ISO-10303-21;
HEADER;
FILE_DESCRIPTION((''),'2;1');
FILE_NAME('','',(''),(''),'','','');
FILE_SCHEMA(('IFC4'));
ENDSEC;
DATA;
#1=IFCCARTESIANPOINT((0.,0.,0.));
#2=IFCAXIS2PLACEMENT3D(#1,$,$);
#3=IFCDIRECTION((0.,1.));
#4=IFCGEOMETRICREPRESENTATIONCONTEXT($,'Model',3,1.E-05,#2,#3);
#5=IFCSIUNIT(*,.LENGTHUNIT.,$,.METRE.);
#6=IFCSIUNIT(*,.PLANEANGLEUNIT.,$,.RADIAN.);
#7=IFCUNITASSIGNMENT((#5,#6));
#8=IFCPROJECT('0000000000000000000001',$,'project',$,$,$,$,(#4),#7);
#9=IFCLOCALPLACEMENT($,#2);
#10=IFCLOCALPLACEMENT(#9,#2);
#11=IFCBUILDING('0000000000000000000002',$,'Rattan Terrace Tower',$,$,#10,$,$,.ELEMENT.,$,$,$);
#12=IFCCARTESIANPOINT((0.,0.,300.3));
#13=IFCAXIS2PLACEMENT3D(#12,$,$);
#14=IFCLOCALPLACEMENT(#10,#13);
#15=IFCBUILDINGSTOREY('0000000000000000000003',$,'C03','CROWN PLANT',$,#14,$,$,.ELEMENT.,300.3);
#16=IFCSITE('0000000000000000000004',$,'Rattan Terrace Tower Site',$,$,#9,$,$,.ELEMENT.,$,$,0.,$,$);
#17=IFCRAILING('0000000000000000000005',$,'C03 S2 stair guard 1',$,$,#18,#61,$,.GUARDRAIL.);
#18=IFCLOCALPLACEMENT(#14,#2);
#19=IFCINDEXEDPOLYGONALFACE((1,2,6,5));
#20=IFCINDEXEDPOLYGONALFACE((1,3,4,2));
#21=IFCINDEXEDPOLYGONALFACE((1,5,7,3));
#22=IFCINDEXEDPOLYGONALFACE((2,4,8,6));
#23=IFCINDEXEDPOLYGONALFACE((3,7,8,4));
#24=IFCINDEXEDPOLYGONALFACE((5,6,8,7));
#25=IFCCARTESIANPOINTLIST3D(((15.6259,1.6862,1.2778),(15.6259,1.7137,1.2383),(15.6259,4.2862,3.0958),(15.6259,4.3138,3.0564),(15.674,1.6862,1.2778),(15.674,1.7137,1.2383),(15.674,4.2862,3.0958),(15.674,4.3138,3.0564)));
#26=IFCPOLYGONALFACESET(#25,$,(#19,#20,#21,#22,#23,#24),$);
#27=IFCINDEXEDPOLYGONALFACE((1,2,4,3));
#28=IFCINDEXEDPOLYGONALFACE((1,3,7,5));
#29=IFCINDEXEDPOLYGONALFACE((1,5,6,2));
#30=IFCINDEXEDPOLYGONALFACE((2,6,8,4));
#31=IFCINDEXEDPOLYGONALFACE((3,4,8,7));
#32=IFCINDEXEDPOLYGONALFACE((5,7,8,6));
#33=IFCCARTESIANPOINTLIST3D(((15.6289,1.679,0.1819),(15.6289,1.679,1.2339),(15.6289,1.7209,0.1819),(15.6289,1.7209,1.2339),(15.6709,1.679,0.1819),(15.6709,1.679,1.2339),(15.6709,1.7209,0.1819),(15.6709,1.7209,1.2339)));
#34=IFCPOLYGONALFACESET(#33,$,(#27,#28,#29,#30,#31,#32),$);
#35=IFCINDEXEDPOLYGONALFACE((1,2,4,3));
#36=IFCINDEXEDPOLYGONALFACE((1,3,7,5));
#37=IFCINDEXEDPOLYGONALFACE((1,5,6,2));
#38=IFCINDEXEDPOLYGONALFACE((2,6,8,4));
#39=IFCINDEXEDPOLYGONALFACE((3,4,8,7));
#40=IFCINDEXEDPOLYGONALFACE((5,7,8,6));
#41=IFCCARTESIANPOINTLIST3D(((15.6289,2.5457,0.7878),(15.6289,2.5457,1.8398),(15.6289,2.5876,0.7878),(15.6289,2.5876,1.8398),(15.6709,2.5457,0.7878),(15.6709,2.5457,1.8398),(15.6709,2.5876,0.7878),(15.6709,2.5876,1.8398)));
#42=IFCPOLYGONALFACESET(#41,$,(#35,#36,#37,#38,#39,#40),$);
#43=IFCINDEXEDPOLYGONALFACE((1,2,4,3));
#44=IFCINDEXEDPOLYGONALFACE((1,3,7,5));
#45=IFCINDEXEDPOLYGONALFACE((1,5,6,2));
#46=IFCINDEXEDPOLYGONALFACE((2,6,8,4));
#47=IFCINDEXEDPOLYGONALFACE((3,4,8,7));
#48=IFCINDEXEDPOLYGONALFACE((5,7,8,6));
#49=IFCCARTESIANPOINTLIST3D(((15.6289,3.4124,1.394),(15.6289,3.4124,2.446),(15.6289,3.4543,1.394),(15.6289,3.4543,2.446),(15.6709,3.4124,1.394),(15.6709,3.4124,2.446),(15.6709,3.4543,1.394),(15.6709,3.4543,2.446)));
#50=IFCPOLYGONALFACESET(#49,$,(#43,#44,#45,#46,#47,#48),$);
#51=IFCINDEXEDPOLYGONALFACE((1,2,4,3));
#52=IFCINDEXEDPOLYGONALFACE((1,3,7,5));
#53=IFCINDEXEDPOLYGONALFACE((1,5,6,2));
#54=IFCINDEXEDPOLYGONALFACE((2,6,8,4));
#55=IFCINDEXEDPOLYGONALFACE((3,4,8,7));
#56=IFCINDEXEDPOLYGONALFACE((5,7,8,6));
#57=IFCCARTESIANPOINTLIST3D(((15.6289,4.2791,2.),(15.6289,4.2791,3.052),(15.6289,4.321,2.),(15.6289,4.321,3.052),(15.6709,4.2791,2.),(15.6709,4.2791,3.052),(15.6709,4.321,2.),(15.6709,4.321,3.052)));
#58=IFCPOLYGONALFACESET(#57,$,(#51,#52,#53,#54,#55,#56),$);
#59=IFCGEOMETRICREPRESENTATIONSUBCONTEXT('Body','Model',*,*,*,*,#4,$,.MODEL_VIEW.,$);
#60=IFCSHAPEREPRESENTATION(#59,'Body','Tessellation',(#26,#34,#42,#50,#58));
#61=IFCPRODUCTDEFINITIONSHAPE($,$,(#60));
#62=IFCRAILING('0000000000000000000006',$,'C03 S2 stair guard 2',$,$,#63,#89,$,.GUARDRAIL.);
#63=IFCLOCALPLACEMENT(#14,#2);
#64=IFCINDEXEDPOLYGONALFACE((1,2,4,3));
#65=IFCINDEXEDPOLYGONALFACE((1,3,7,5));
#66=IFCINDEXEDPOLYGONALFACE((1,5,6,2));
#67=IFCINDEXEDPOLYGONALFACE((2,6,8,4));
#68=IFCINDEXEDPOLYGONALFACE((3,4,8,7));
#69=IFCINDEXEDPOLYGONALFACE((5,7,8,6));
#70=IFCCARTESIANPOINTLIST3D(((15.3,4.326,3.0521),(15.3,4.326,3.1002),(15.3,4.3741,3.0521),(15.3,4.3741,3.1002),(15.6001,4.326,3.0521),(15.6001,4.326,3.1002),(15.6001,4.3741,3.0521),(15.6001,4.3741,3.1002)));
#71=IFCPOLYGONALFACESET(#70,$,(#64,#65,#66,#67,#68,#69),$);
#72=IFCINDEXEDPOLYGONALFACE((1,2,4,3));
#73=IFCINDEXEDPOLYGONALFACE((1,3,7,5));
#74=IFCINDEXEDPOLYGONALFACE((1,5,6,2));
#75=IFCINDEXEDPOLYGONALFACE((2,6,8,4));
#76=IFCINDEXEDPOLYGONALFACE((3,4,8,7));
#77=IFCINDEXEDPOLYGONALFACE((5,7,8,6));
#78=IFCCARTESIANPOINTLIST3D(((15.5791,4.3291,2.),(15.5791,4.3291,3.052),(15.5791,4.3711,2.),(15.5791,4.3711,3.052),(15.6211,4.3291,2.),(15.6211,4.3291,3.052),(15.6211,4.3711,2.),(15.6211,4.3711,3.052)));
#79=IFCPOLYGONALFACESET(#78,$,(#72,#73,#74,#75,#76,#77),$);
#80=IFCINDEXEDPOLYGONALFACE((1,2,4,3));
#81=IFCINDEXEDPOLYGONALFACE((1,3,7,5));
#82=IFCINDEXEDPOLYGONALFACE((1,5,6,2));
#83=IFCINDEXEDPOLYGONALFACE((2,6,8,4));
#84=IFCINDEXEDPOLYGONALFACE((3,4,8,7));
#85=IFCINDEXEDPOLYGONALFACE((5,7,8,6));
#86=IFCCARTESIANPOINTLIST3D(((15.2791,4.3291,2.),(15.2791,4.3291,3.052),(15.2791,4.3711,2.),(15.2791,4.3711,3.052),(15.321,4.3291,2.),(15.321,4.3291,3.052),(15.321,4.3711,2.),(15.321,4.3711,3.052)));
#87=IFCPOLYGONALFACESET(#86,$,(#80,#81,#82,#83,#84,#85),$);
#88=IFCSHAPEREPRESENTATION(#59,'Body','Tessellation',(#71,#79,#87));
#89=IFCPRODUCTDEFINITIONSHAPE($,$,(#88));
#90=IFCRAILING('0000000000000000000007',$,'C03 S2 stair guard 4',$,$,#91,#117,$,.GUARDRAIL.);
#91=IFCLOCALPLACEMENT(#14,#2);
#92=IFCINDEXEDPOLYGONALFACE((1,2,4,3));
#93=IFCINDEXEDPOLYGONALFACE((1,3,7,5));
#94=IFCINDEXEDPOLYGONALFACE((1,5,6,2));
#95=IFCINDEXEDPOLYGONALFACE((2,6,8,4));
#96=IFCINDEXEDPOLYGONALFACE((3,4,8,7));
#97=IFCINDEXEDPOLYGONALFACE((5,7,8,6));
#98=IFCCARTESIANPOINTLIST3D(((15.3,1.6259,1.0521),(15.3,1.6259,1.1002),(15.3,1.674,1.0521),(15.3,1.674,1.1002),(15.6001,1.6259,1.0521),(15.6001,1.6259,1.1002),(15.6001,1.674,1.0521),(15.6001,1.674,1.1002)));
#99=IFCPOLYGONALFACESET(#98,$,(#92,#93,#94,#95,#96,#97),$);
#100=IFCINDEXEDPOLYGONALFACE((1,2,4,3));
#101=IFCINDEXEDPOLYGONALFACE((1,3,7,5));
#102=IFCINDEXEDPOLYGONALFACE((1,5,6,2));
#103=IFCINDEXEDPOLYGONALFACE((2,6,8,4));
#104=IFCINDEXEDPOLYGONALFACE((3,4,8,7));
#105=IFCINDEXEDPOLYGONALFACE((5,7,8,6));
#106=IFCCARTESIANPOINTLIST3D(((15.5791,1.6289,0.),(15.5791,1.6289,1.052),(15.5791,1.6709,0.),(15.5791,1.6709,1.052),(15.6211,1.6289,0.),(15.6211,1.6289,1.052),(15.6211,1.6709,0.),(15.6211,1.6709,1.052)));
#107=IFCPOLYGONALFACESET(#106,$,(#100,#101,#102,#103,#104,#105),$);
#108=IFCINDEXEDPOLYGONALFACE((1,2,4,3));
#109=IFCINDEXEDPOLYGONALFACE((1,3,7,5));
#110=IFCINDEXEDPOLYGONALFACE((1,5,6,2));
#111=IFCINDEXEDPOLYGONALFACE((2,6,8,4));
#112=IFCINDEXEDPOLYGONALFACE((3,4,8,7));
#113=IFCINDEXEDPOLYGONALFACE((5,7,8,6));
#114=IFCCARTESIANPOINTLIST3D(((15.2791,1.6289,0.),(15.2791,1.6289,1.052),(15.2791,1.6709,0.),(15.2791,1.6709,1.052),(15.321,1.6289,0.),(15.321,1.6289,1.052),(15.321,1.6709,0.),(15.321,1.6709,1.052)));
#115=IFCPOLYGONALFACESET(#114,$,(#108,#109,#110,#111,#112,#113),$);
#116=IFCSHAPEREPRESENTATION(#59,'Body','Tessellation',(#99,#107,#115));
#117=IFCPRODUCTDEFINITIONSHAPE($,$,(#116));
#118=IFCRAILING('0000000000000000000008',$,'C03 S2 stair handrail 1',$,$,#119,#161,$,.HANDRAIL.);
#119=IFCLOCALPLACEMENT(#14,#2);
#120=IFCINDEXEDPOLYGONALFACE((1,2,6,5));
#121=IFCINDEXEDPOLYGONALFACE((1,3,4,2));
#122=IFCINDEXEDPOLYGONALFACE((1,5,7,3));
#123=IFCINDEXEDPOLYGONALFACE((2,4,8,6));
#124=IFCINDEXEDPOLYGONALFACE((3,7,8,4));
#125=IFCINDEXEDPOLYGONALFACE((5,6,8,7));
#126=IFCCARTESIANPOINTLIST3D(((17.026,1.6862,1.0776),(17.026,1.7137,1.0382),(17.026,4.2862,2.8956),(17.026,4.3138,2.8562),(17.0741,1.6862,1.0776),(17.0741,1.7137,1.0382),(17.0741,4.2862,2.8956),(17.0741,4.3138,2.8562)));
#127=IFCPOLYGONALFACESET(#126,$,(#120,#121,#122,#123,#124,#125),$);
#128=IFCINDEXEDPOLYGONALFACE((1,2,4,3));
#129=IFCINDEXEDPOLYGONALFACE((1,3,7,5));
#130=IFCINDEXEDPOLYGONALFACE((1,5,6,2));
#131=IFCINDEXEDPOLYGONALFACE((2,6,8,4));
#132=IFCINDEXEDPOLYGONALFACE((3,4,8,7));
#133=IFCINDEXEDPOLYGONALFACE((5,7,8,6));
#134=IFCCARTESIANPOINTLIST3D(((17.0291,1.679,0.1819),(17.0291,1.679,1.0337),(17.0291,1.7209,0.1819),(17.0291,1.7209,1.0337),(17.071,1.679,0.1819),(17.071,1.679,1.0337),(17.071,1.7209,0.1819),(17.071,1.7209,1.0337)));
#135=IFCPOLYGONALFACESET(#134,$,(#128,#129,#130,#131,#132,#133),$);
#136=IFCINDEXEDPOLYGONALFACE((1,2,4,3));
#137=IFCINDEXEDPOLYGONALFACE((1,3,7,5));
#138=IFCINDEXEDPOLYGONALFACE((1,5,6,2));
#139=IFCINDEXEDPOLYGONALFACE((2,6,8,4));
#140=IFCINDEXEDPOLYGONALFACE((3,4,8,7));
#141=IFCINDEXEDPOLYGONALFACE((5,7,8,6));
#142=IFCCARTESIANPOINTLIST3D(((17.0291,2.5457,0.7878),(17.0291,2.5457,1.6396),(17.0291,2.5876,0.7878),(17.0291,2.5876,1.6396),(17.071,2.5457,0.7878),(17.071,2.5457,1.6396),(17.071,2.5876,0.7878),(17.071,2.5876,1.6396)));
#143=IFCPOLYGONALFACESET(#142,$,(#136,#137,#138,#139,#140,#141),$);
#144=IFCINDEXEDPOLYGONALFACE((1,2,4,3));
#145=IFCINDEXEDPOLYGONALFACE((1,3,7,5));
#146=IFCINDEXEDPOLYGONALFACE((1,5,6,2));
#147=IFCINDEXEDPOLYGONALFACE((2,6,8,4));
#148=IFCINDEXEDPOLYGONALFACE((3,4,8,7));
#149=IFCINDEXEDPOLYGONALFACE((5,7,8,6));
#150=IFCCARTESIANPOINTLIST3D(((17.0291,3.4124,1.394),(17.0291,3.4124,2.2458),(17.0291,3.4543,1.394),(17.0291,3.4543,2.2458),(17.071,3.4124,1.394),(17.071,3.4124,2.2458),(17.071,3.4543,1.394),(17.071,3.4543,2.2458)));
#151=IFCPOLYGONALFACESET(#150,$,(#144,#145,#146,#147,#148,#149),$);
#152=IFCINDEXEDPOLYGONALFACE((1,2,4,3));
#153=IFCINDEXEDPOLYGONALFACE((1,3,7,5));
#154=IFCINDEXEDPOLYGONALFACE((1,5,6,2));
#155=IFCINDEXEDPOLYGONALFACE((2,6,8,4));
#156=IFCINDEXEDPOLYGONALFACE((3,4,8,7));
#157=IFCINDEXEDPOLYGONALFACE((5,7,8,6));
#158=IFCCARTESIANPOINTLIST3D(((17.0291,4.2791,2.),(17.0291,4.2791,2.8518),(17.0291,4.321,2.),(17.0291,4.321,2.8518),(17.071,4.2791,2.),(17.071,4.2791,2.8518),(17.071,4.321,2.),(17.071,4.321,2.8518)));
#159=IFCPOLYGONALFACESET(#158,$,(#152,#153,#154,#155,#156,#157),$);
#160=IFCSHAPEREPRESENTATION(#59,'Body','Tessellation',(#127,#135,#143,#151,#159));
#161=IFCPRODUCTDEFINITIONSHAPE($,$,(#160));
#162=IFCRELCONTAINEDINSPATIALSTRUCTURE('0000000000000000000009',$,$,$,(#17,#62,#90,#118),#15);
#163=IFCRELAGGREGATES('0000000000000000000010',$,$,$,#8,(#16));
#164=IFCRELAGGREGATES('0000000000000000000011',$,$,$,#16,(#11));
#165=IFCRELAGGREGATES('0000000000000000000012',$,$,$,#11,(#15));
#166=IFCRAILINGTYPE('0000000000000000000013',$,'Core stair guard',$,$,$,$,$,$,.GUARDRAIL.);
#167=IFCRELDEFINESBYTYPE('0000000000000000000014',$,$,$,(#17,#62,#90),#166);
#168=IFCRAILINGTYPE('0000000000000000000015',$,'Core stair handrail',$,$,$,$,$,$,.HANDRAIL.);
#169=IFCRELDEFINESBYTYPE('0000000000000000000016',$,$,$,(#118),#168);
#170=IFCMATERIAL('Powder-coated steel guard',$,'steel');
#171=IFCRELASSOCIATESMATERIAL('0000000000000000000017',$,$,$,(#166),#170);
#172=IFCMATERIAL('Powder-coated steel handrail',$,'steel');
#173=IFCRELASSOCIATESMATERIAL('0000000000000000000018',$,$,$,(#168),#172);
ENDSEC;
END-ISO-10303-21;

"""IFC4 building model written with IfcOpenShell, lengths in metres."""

from ifc_helpers import new_model, si_unit, direction, frame, origin, origin_2d, place, context, subcontext, project, spatial, rectangle, extrude, material, type_object, element, save


model = new_model("IFC4")

# Units and contexts
model_context = context("Model", 3, precision=1e-05, world=origin(), true_north=direction((0.0, 1.0)))
body_context = subcontext(model_context, "Body", "Model", "MODEL_VIEW")
ifc_project = project(units=[si_unit("LENGTHUNIT", "METRE"), si_unit("PLANEANGLEUNIT", "RADIAN")], contexts=[model_context])

# Site, building, storey
site_placement = place(None, origin())
site = spatial("IfcSite", under=ifc_project, at=site_placement, Name="Rattan Terrace Tower Site", CompositionType="ELEMENT", RefElevation=0.0)
building_placement = place(site_placement, origin())
building = spatial("IfcBuilding", under=site, at=building_placement, Name="Rattan Terrace Tower", CompositionType="ELEMENT")
storey_placement = place(building_placement, frame((0.0, 0.0, 300.3)))
storey = spatial("IfcBuildingStorey", under=building, at=storey_placement, Name="C03", Description="CROWN PLANT", CompositionType="ELEMENT", Elevation=300.3)

# Railings
ifc_material_1 = material(Name="Powder-coated steel guard", Category="steel")
railing_type_1 = type_object("IfcRailingType", Name="Core stair guard", PredefinedType="GUARDRAIL", material=ifc_material_1)
railing_1_placement = place(storey_placement, frame((15.6499, 1.7, 0.1819)))
element("IfcRailing", 1, at=railing_1_placement, inside=storey, type_object=railing_type_1, Name="C03 S2 stair guard 1", PredefinedType="GUARDRAIL", context=body_context, shape_type="SweptSolid", body=[
    extrude(rectangle(XDim=0.0481, YDim=0.0481, at=origin_2d()), frame((0.0, 0.0, 1.0762), z_axis=(0.0, 0.819521, 0.573049), x_axis=(-1.0, 0.0, 0.0)), (0.0, 0.0, 1.0), 3.1726),
    extrude(rectangle(XDim=0.042, YDim=0.042, at=origin_2d()), origin(), (0.0, 0.0, 1.0), 1.052),
    extrude(rectangle(XDim=0.042, YDim=0.042, at=origin_2d()), frame((0.0, 0.8667, 0.606)), (0.0, 0.0, 1.0), 1.052),
    extrude(rectangle(XDim=0.042, YDim=0.042, at=origin_2d()), frame((0.0, 1.7334, 1.2122)), (0.0, 0.0, 1.0), 1.052),
    extrude(rectangle(XDim=0.042, YDim=0.042, at=origin_2d()), frame((0.0, 2.6001, 1.8181)), (0.0, 0.0, 1.0), 1.052),
])
for number, where, name in (
    (2, (15.6001, 4.3501, 2.0), "C03 S2 stair guard 2"),
    (3, (15.6001, 1.6499, 0.0), "C03 S2 stair guard 4"),
):
    element("IfcRailing", number, at=place(storey_placement, frame(where)), inside=storey, type_object=railing_type_1, Name=name, PredefinedType="GUARDRAIL", context=body_context, shape_type="SweptSolid", body=[
        extrude(rectangle(XDim=0.0481, YDim=0.0481, at=origin_2d()), frame((0.0, 0.0, 1.0762), z_axis=(-1.0, 0.0, 0.0), x_axis=(0.0, -1.0, 0.0)), (0.0, 0.0, 1.0), 0.3),
        extrude(rectangle(XDim=0.042, YDim=0.042, at=origin_2d()), origin(), (0.0, 0.0, 1.0), 1.052),
        extrude(rectangle(XDim=0.042, YDim=0.042, at=origin_2d()), frame((-0.3, 0.0, 0.0)), (0.0, 0.0, 1.0), 1.052),
    ])
ifc_material_2 = material(Name="Powder-coated steel handrail", Category="steel")
railing_type_2 = type_object("IfcRailingType", Name="Core stair handrail", PredefinedType="HANDRAIL", material=ifc_material_2)
railing_2_placement = place(storey_placement, frame((17.05, 1.7, 0.1819)))
element("IfcRailing", 4, at=railing_2_placement, inside=storey, type_object=railing_type_2, Name="C03 S2 stair handrail 1", PredefinedType="HANDRAIL", context=body_context, shape_type="SweptSolid", body=[
    extrude(rectangle(XDim=0.0481, YDim=0.0481, at=origin_2d()), frame((0.0, 0.0, 0.876), z_axis=(0.0, 0.819521, 0.573049), x_axis=(-1.0, 0.0, 0.0)), (0.0, 0.0, 1.0), 3.1726),
    extrude(rectangle(XDim=0.042, YDim=0.042, at=origin_2d()), origin(), (0.0, 0.0, 1.0), 0.8518),
    extrude(rectangle(XDim=0.042, YDim=0.042, at=origin_2d()), frame((0.0, 0.8667, 0.606)), (0.0, 0.0, 1.0), 0.8518),
    extrude(rectangle(XDim=0.042, YDim=0.042, at=origin_2d()), frame((0.0, 1.7334, 1.2122)), (0.0, 0.0, 1.0), 0.8518),
    extrude(rectangle(XDim=0.042, YDim=0.042, at=origin_2d()), frame((0.0, 2.6001, 1.8181)), (0.0, 0.0, 1.0), 0.8518),
])

save(model, "model.ifc")
